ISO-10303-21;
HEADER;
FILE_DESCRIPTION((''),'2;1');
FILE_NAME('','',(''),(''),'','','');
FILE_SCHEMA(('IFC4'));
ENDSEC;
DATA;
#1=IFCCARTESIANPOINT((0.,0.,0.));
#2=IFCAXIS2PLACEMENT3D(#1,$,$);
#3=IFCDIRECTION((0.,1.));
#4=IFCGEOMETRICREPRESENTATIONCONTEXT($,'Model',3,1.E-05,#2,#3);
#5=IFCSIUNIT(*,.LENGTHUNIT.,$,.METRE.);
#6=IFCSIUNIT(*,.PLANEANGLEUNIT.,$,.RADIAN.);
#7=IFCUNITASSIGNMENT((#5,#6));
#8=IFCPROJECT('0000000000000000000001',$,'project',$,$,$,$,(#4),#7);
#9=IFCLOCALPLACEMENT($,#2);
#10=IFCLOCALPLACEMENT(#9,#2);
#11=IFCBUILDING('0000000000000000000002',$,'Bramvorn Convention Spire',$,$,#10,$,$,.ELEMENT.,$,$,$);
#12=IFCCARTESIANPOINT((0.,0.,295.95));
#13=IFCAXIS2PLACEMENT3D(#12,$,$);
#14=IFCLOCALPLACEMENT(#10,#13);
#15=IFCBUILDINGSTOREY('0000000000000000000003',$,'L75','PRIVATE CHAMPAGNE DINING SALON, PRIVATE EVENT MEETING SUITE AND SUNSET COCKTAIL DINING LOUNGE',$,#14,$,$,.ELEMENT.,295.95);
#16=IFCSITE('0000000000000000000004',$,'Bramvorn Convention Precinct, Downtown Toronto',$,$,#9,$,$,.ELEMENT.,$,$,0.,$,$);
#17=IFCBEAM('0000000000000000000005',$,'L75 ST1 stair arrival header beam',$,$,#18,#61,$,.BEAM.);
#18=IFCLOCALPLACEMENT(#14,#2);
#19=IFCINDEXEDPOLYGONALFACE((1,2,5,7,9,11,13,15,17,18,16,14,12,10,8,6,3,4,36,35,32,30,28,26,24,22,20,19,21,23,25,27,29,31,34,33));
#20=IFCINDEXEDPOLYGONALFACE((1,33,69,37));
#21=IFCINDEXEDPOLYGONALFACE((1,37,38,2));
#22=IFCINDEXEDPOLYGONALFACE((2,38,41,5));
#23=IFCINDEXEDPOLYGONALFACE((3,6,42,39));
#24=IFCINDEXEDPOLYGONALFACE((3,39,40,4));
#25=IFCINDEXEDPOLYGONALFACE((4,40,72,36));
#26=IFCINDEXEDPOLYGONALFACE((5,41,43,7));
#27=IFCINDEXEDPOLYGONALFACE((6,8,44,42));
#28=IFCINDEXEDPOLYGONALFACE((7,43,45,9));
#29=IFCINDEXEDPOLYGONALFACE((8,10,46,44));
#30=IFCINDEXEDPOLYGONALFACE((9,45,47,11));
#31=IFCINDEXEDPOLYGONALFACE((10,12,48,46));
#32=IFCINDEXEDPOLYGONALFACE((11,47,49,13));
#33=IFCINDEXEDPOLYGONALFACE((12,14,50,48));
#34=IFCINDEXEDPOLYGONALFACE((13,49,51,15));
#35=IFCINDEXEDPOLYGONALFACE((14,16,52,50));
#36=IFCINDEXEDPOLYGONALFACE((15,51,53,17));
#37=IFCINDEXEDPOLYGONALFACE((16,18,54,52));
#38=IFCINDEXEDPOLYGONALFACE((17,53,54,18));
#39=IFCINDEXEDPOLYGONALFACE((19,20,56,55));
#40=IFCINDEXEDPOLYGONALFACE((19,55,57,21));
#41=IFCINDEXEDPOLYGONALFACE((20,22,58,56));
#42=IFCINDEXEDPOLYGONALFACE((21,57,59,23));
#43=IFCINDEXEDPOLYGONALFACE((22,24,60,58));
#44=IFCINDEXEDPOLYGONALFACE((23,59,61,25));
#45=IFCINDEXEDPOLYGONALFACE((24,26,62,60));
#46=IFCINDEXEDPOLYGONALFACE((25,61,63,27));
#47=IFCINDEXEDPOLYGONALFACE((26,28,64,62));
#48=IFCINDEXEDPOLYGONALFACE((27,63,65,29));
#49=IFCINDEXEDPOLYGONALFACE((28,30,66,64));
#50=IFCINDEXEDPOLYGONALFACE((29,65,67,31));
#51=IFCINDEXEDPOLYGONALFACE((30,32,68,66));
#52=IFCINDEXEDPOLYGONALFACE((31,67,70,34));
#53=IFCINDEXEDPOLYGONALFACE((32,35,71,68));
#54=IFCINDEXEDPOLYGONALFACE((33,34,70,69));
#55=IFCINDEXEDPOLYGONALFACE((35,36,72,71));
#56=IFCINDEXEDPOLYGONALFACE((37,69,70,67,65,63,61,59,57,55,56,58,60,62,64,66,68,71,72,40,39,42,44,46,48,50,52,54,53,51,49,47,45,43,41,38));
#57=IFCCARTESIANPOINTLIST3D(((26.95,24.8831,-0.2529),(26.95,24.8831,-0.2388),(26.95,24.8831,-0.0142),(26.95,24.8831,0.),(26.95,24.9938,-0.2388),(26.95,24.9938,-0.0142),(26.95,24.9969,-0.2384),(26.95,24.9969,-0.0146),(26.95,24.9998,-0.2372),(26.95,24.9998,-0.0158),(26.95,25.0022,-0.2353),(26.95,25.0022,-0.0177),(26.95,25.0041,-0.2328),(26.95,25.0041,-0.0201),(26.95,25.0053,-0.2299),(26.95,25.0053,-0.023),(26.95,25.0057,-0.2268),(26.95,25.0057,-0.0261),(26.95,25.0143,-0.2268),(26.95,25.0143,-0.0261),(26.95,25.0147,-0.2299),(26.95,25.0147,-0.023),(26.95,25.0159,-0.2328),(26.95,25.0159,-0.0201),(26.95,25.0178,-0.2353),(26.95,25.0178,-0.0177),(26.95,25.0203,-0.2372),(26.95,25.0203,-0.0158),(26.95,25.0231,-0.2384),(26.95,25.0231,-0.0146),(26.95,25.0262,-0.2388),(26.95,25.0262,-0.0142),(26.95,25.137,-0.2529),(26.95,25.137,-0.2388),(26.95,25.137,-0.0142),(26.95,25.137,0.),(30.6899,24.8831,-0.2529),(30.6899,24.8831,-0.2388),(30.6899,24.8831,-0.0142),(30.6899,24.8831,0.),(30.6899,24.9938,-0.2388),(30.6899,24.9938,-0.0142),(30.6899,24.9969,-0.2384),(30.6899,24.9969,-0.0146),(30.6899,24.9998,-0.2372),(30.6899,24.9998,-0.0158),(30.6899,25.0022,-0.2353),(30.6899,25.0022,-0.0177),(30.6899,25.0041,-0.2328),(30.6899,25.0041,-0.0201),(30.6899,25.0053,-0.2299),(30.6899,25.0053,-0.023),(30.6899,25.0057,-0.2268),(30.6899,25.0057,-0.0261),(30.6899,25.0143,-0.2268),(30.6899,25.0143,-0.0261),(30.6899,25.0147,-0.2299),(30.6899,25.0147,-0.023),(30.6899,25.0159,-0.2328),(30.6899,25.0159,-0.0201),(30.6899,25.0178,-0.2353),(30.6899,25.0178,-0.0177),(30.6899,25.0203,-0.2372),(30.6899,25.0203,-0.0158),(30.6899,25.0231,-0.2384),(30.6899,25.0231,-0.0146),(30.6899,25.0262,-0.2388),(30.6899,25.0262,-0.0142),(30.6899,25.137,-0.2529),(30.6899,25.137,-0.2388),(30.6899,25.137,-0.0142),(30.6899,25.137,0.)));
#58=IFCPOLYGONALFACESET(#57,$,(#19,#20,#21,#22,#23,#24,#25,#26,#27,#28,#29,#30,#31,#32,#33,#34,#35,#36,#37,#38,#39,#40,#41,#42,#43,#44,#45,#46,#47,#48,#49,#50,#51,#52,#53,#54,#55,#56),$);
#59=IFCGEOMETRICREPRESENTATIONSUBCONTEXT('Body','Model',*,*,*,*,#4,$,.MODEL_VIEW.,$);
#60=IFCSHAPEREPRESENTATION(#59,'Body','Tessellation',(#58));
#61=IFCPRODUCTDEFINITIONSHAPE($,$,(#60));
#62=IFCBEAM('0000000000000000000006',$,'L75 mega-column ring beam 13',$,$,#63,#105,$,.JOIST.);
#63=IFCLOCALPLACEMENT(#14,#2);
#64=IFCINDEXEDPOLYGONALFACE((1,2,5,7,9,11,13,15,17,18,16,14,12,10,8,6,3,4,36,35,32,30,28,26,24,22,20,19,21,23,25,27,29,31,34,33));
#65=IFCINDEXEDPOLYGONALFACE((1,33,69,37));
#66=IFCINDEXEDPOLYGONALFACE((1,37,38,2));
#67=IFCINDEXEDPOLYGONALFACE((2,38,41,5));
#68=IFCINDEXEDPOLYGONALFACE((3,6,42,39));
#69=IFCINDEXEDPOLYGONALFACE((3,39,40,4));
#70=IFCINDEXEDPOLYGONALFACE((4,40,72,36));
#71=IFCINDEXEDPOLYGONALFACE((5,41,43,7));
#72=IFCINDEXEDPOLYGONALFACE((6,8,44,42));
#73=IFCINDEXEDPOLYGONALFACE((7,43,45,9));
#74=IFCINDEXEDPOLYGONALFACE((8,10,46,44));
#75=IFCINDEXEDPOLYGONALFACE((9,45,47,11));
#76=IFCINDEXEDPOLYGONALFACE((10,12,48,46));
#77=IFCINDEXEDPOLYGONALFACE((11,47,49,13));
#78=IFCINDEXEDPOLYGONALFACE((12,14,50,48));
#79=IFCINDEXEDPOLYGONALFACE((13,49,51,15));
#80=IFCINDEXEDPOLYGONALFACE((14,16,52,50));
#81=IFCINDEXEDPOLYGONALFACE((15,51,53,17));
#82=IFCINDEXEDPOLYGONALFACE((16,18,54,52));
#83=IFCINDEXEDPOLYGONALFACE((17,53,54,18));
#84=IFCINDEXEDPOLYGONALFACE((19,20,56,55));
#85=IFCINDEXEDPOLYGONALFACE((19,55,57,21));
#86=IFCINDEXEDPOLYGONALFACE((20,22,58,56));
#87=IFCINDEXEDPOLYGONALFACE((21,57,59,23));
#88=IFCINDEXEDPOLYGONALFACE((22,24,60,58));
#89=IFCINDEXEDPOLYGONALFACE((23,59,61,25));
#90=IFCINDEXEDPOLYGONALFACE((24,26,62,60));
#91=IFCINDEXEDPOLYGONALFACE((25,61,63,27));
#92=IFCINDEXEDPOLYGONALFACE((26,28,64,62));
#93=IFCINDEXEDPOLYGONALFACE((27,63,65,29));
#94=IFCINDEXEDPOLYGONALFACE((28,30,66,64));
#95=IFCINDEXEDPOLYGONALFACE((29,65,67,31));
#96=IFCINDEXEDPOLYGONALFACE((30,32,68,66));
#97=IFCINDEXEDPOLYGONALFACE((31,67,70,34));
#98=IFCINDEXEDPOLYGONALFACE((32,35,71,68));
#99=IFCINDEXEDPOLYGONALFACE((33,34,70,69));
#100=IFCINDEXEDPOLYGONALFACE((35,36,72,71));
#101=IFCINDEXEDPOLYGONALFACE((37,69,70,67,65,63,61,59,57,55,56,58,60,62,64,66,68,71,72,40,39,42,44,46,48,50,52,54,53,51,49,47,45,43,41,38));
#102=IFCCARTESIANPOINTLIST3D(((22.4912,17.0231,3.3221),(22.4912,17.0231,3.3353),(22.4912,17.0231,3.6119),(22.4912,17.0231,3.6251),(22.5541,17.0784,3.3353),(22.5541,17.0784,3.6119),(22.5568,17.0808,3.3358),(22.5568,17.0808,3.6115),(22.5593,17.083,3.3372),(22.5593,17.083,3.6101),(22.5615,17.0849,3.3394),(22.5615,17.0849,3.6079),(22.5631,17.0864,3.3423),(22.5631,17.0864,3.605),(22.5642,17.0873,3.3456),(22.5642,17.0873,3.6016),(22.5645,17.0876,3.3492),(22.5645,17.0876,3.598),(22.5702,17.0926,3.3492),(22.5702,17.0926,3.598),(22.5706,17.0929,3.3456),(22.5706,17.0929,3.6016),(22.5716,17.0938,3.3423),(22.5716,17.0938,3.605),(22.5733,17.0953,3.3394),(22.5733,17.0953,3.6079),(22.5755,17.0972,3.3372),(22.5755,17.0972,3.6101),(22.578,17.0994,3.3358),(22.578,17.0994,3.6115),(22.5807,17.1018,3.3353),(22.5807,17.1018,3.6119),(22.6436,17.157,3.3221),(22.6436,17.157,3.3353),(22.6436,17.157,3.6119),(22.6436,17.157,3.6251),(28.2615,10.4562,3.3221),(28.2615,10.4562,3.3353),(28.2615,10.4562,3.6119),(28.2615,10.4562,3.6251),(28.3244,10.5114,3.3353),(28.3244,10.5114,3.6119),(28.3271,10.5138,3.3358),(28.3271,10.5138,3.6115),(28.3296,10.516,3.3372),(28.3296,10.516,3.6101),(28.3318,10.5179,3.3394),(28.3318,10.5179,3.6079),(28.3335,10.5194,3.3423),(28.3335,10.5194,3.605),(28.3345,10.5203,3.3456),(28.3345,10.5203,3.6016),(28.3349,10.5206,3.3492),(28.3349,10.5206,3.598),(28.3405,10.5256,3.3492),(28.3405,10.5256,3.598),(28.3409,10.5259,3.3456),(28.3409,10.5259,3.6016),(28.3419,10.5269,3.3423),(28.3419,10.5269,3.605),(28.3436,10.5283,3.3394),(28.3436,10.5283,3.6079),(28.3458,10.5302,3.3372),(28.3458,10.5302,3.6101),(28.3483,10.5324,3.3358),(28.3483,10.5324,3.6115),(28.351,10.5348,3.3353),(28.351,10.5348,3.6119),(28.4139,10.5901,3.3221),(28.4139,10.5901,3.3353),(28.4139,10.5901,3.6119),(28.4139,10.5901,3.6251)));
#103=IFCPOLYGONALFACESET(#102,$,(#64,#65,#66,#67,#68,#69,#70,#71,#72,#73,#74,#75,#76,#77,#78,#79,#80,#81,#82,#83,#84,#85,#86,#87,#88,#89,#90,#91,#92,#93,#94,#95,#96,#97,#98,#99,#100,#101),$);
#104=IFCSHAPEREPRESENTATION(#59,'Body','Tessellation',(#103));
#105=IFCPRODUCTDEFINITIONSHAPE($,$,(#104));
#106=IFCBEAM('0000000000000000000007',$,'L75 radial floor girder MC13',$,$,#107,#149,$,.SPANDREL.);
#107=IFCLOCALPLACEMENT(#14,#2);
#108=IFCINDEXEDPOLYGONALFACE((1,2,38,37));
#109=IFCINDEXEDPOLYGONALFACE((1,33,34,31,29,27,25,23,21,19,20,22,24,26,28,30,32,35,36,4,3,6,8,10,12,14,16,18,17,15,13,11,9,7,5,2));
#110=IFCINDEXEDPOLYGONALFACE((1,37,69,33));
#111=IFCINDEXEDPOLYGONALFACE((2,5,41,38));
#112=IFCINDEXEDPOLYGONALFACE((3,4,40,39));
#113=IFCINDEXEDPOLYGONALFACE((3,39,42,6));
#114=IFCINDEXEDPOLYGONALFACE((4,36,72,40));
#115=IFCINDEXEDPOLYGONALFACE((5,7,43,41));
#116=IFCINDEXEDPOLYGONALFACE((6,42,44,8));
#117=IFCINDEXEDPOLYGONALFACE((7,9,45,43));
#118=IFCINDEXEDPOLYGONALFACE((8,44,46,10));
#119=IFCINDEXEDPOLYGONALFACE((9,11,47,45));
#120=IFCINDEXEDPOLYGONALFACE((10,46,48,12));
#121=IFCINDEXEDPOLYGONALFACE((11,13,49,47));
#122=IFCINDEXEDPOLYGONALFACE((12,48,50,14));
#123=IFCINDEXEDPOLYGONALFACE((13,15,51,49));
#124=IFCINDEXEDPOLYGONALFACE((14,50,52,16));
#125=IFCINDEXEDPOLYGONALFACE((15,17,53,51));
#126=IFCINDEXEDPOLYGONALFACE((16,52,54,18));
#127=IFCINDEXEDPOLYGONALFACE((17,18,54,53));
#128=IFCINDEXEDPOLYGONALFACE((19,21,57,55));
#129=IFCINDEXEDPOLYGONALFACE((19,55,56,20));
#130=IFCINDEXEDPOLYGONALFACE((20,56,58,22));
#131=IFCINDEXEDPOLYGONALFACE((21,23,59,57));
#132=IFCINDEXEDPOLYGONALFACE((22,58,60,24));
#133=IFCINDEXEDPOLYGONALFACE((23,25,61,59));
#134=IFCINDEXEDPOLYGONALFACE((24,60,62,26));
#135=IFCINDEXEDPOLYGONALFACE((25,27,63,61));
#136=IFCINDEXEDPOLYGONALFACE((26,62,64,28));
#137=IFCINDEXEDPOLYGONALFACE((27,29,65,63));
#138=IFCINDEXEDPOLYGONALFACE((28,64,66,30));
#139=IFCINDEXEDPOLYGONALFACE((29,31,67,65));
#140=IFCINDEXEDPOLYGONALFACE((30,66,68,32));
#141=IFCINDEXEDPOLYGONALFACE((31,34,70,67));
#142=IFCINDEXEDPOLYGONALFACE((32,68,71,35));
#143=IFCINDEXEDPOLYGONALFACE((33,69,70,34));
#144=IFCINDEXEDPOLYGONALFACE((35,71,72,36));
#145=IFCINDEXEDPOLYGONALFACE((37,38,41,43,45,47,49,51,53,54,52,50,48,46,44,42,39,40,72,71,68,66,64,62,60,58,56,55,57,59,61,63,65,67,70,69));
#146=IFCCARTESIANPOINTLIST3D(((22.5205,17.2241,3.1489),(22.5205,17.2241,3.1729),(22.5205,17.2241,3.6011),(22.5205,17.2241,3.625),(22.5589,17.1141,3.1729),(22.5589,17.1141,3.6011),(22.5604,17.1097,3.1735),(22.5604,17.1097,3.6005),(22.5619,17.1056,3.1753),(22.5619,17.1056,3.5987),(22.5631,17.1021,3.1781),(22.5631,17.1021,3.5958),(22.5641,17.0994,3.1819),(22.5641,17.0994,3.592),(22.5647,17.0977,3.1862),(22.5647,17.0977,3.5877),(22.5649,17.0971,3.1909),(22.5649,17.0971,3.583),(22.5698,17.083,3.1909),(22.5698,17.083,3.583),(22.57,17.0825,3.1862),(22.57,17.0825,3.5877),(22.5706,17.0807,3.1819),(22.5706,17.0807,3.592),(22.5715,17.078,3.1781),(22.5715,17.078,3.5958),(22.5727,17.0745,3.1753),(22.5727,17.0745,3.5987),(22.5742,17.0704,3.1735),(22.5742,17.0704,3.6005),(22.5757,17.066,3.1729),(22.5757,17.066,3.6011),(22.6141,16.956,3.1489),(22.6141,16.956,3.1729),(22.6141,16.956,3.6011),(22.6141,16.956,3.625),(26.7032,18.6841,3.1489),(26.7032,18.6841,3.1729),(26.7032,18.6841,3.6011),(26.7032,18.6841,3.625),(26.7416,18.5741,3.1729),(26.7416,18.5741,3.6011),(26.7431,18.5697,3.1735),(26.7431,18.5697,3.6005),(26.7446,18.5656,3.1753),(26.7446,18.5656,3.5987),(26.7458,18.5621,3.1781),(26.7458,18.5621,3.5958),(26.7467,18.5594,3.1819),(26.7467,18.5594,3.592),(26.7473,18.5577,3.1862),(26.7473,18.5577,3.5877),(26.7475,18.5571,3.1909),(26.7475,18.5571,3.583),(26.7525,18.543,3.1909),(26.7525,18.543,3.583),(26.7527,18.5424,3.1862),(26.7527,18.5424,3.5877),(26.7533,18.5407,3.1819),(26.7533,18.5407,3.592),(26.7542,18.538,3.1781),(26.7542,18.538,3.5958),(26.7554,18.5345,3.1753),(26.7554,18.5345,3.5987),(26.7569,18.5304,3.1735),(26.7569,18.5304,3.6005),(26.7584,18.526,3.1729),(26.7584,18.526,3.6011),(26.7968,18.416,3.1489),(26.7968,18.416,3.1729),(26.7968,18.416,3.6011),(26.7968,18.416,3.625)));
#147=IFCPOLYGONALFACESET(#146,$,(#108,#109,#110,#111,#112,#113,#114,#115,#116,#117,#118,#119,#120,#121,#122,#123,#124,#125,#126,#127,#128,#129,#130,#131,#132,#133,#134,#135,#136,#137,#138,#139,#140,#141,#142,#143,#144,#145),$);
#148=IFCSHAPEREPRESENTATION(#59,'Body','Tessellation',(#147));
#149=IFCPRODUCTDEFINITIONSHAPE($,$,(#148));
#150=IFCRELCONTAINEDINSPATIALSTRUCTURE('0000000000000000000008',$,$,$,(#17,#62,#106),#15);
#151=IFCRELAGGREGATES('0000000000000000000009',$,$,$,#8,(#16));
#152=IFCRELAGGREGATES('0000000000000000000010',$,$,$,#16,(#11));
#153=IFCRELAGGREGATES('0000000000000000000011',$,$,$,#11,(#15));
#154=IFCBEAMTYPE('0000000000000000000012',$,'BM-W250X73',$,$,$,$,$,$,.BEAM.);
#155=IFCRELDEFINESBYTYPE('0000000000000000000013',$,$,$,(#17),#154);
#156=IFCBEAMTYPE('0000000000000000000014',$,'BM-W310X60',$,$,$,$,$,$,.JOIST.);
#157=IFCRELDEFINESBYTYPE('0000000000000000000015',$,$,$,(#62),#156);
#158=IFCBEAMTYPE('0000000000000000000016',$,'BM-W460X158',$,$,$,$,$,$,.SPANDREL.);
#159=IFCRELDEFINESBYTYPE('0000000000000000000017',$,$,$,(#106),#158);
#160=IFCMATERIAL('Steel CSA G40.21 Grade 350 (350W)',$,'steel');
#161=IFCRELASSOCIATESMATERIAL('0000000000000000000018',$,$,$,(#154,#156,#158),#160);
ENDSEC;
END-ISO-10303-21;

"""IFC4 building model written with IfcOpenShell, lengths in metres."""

from ifc_helpers import new_model, si_unit, direction, frame, origin, origin_2d, place, context, subcontext, project, spatial, i_section, extrude, material, material_profile, profile_set, type_object, element, save


model = new_model("IFC4")

# Units and contexts
model_context = context("Model", 3, precision=1e-05, world=origin(), true_north=direction((0.0, 1.0)))
body_context = subcontext(model_context, "Body", "Model", "MODEL_VIEW")
ifc_project = project(units=[si_unit("LENGTHUNIT", "METRE"), si_unit("PLANEANGLEUNIT", "RADIAN")], contexts=[model_context])

# Site, building, storey
site_placement = place(None, origin())
site = spatial("IfcSite", under=ifc_project, at=site_placement, Name="Bramvorn Convention Precinct, Downtown Toronto", CompositionType="ELEMENT", RefElevation=0.0)
building_placement = place(site_placement, origin())
building = spatial("IfcBuilding", under=site, at=building_placement, Name="Bramvorn Convention Spire", CompositionType="ELEMENT")
storey_placement = place(building_placement, frame((0.0, 0.0, 295.95)))
storey = spatial("IfcBuildingStorey", under=building, at=storey_placement, Name="L75", Description="PRIVATE CHAMPAGNE DINING SALON, PRIVATE EVENT MEETING SUITE AND SUNSET COCKTAIL DINING LOUNGE", CompositionType="ELEMENT", Elevation=295.95)

# Shared definitions
ifc_material_1 = material(Name="Steel CSA G40.21 Grade 350 (350W)", Category="steel")

# Beams
ifc_material_profile_1 = material_profile(ifc_material_1, i_section(OverallWidth=0.2539, OverallDepth=0.2529, WebThickness=0.0085, FlangeThickness=0.0142, FilletRadius=0.012, at=origin_2d()))
ifc_profile_set_1 = profile_set([ifc_material_profile_1], Name="Steel CSA G40.21 Grade 350 (350W) - W250X73")
beam_type_1 = type_object("IfcBeamType", Name="BM-W250X73", PredefinedType="BEAM", material=ifc_profile_set_1)
beam_1_placement = place(storey_placement, frame((26.95, 25.01, -0.1265), z_axis=(1.0, 0.0, 0.0), x_axis=(0.0, 1.0, 0.0)))
element("IfcBeam", 1, at=beam_1_placement, inside=storey, type_object=beam_type_1, Name="L75 ST1 stair arrival header beam", PredefinedType="BEAM", context=body_context, shape_type="SweptSolid", body=[
    extrude(i_section(OverallWidth=0.2539, OverallDepth=0.2529, WebThickness=0.0085, FlangeThickness=0.0142, FilletRadius=0.012, at=origin_2d()), origin(), (0.0, 0.0, 1.0), 3.74),
])
ifc_material_profile_2 = material_profile(ifc_material_1, i_section(OverallWidth=0.2029, OverallDepth=0.303, WebThickness=0.0076, FlangeThickness=0.0132, FilletRadius=0.0139, at=origin_2d()))
ifc_profile_set_2 = profile_set([ifc_material_profile_2], Name="Steel CSA G40.21 Grade 350 (350W) - W310X60")
beam_type_2 = type_object("IfcBeamType", Name="BM-W310X60", PredefinedType="JOIST", material=ifc_profile_set_2)
beam_2_placement = place(storey_placement, frame((22.5674, 17.0901, 3.4736), z_axis=(0.660073, -0.751201, 0.0), x_axis=(0.751201, 0.660073, 0.0)))
element("IfcBeam", 2, at=beam_2_placement, inside=storey, type_object=beam_type_2, Name="L75 mega-column ring beam 13", PredefinedType="JOIST", context=body_context, shape_type="SweptSolid", body=[
    extrude(i_section(OverallWidth=0.2029, OverallDepth=0.303, WebThickness=0.0076, FlangeThickness=0.0132, FilletRadius=0.0139, at=origin_2d()), origin(), (0.0, 0.0, 1.0), 8.7419),
])
ifc_material_profile_3 = material_profile(ifc_material_1, i_section(OverallWidth=0.2839, OverallDepth=0.4761, WebThickness=0.0149, FlangeThickness=0.0239, FilletRadius=0.0181, at=origin_2d()))
ifc_profile_set_3 = profile_set([ifc_material_profile_3], Name="Steel CSA G40.21 Grade 350 (350W) - W460X158")
beam_type_3 = type_object("IfcBeamType", Name="BM-W460X158", PredefinedType="SPANDREL", material=ifc_profile_set_3)
beam_3_placement = place(storey_placement, frame((26.75, 18.55, 3.387), z_axis=(-0.944136, -0.329555, 0.0), x_axis=(0.329555, -0.944136, 0.0)))
element("IfcBeam", 3, at=beam_3_placement, inside=storey, type_object=beam_type_3, Name="L75 radial floor girder MC13", PredefinedType="SPANDREL", context=body_context, shape_type="SweptSolid", body=[
    extrude(i_section(OverallWidth=0.2839, OverallDepth=0.4761, WebThickness=0.0149, FlangeThickness=0.0239, FilletRadius=0.0181, at=origin_2d()), origin(), (0.0, 0.0, 1.0), 4.4302),
])

save(model, "model.ifc")
